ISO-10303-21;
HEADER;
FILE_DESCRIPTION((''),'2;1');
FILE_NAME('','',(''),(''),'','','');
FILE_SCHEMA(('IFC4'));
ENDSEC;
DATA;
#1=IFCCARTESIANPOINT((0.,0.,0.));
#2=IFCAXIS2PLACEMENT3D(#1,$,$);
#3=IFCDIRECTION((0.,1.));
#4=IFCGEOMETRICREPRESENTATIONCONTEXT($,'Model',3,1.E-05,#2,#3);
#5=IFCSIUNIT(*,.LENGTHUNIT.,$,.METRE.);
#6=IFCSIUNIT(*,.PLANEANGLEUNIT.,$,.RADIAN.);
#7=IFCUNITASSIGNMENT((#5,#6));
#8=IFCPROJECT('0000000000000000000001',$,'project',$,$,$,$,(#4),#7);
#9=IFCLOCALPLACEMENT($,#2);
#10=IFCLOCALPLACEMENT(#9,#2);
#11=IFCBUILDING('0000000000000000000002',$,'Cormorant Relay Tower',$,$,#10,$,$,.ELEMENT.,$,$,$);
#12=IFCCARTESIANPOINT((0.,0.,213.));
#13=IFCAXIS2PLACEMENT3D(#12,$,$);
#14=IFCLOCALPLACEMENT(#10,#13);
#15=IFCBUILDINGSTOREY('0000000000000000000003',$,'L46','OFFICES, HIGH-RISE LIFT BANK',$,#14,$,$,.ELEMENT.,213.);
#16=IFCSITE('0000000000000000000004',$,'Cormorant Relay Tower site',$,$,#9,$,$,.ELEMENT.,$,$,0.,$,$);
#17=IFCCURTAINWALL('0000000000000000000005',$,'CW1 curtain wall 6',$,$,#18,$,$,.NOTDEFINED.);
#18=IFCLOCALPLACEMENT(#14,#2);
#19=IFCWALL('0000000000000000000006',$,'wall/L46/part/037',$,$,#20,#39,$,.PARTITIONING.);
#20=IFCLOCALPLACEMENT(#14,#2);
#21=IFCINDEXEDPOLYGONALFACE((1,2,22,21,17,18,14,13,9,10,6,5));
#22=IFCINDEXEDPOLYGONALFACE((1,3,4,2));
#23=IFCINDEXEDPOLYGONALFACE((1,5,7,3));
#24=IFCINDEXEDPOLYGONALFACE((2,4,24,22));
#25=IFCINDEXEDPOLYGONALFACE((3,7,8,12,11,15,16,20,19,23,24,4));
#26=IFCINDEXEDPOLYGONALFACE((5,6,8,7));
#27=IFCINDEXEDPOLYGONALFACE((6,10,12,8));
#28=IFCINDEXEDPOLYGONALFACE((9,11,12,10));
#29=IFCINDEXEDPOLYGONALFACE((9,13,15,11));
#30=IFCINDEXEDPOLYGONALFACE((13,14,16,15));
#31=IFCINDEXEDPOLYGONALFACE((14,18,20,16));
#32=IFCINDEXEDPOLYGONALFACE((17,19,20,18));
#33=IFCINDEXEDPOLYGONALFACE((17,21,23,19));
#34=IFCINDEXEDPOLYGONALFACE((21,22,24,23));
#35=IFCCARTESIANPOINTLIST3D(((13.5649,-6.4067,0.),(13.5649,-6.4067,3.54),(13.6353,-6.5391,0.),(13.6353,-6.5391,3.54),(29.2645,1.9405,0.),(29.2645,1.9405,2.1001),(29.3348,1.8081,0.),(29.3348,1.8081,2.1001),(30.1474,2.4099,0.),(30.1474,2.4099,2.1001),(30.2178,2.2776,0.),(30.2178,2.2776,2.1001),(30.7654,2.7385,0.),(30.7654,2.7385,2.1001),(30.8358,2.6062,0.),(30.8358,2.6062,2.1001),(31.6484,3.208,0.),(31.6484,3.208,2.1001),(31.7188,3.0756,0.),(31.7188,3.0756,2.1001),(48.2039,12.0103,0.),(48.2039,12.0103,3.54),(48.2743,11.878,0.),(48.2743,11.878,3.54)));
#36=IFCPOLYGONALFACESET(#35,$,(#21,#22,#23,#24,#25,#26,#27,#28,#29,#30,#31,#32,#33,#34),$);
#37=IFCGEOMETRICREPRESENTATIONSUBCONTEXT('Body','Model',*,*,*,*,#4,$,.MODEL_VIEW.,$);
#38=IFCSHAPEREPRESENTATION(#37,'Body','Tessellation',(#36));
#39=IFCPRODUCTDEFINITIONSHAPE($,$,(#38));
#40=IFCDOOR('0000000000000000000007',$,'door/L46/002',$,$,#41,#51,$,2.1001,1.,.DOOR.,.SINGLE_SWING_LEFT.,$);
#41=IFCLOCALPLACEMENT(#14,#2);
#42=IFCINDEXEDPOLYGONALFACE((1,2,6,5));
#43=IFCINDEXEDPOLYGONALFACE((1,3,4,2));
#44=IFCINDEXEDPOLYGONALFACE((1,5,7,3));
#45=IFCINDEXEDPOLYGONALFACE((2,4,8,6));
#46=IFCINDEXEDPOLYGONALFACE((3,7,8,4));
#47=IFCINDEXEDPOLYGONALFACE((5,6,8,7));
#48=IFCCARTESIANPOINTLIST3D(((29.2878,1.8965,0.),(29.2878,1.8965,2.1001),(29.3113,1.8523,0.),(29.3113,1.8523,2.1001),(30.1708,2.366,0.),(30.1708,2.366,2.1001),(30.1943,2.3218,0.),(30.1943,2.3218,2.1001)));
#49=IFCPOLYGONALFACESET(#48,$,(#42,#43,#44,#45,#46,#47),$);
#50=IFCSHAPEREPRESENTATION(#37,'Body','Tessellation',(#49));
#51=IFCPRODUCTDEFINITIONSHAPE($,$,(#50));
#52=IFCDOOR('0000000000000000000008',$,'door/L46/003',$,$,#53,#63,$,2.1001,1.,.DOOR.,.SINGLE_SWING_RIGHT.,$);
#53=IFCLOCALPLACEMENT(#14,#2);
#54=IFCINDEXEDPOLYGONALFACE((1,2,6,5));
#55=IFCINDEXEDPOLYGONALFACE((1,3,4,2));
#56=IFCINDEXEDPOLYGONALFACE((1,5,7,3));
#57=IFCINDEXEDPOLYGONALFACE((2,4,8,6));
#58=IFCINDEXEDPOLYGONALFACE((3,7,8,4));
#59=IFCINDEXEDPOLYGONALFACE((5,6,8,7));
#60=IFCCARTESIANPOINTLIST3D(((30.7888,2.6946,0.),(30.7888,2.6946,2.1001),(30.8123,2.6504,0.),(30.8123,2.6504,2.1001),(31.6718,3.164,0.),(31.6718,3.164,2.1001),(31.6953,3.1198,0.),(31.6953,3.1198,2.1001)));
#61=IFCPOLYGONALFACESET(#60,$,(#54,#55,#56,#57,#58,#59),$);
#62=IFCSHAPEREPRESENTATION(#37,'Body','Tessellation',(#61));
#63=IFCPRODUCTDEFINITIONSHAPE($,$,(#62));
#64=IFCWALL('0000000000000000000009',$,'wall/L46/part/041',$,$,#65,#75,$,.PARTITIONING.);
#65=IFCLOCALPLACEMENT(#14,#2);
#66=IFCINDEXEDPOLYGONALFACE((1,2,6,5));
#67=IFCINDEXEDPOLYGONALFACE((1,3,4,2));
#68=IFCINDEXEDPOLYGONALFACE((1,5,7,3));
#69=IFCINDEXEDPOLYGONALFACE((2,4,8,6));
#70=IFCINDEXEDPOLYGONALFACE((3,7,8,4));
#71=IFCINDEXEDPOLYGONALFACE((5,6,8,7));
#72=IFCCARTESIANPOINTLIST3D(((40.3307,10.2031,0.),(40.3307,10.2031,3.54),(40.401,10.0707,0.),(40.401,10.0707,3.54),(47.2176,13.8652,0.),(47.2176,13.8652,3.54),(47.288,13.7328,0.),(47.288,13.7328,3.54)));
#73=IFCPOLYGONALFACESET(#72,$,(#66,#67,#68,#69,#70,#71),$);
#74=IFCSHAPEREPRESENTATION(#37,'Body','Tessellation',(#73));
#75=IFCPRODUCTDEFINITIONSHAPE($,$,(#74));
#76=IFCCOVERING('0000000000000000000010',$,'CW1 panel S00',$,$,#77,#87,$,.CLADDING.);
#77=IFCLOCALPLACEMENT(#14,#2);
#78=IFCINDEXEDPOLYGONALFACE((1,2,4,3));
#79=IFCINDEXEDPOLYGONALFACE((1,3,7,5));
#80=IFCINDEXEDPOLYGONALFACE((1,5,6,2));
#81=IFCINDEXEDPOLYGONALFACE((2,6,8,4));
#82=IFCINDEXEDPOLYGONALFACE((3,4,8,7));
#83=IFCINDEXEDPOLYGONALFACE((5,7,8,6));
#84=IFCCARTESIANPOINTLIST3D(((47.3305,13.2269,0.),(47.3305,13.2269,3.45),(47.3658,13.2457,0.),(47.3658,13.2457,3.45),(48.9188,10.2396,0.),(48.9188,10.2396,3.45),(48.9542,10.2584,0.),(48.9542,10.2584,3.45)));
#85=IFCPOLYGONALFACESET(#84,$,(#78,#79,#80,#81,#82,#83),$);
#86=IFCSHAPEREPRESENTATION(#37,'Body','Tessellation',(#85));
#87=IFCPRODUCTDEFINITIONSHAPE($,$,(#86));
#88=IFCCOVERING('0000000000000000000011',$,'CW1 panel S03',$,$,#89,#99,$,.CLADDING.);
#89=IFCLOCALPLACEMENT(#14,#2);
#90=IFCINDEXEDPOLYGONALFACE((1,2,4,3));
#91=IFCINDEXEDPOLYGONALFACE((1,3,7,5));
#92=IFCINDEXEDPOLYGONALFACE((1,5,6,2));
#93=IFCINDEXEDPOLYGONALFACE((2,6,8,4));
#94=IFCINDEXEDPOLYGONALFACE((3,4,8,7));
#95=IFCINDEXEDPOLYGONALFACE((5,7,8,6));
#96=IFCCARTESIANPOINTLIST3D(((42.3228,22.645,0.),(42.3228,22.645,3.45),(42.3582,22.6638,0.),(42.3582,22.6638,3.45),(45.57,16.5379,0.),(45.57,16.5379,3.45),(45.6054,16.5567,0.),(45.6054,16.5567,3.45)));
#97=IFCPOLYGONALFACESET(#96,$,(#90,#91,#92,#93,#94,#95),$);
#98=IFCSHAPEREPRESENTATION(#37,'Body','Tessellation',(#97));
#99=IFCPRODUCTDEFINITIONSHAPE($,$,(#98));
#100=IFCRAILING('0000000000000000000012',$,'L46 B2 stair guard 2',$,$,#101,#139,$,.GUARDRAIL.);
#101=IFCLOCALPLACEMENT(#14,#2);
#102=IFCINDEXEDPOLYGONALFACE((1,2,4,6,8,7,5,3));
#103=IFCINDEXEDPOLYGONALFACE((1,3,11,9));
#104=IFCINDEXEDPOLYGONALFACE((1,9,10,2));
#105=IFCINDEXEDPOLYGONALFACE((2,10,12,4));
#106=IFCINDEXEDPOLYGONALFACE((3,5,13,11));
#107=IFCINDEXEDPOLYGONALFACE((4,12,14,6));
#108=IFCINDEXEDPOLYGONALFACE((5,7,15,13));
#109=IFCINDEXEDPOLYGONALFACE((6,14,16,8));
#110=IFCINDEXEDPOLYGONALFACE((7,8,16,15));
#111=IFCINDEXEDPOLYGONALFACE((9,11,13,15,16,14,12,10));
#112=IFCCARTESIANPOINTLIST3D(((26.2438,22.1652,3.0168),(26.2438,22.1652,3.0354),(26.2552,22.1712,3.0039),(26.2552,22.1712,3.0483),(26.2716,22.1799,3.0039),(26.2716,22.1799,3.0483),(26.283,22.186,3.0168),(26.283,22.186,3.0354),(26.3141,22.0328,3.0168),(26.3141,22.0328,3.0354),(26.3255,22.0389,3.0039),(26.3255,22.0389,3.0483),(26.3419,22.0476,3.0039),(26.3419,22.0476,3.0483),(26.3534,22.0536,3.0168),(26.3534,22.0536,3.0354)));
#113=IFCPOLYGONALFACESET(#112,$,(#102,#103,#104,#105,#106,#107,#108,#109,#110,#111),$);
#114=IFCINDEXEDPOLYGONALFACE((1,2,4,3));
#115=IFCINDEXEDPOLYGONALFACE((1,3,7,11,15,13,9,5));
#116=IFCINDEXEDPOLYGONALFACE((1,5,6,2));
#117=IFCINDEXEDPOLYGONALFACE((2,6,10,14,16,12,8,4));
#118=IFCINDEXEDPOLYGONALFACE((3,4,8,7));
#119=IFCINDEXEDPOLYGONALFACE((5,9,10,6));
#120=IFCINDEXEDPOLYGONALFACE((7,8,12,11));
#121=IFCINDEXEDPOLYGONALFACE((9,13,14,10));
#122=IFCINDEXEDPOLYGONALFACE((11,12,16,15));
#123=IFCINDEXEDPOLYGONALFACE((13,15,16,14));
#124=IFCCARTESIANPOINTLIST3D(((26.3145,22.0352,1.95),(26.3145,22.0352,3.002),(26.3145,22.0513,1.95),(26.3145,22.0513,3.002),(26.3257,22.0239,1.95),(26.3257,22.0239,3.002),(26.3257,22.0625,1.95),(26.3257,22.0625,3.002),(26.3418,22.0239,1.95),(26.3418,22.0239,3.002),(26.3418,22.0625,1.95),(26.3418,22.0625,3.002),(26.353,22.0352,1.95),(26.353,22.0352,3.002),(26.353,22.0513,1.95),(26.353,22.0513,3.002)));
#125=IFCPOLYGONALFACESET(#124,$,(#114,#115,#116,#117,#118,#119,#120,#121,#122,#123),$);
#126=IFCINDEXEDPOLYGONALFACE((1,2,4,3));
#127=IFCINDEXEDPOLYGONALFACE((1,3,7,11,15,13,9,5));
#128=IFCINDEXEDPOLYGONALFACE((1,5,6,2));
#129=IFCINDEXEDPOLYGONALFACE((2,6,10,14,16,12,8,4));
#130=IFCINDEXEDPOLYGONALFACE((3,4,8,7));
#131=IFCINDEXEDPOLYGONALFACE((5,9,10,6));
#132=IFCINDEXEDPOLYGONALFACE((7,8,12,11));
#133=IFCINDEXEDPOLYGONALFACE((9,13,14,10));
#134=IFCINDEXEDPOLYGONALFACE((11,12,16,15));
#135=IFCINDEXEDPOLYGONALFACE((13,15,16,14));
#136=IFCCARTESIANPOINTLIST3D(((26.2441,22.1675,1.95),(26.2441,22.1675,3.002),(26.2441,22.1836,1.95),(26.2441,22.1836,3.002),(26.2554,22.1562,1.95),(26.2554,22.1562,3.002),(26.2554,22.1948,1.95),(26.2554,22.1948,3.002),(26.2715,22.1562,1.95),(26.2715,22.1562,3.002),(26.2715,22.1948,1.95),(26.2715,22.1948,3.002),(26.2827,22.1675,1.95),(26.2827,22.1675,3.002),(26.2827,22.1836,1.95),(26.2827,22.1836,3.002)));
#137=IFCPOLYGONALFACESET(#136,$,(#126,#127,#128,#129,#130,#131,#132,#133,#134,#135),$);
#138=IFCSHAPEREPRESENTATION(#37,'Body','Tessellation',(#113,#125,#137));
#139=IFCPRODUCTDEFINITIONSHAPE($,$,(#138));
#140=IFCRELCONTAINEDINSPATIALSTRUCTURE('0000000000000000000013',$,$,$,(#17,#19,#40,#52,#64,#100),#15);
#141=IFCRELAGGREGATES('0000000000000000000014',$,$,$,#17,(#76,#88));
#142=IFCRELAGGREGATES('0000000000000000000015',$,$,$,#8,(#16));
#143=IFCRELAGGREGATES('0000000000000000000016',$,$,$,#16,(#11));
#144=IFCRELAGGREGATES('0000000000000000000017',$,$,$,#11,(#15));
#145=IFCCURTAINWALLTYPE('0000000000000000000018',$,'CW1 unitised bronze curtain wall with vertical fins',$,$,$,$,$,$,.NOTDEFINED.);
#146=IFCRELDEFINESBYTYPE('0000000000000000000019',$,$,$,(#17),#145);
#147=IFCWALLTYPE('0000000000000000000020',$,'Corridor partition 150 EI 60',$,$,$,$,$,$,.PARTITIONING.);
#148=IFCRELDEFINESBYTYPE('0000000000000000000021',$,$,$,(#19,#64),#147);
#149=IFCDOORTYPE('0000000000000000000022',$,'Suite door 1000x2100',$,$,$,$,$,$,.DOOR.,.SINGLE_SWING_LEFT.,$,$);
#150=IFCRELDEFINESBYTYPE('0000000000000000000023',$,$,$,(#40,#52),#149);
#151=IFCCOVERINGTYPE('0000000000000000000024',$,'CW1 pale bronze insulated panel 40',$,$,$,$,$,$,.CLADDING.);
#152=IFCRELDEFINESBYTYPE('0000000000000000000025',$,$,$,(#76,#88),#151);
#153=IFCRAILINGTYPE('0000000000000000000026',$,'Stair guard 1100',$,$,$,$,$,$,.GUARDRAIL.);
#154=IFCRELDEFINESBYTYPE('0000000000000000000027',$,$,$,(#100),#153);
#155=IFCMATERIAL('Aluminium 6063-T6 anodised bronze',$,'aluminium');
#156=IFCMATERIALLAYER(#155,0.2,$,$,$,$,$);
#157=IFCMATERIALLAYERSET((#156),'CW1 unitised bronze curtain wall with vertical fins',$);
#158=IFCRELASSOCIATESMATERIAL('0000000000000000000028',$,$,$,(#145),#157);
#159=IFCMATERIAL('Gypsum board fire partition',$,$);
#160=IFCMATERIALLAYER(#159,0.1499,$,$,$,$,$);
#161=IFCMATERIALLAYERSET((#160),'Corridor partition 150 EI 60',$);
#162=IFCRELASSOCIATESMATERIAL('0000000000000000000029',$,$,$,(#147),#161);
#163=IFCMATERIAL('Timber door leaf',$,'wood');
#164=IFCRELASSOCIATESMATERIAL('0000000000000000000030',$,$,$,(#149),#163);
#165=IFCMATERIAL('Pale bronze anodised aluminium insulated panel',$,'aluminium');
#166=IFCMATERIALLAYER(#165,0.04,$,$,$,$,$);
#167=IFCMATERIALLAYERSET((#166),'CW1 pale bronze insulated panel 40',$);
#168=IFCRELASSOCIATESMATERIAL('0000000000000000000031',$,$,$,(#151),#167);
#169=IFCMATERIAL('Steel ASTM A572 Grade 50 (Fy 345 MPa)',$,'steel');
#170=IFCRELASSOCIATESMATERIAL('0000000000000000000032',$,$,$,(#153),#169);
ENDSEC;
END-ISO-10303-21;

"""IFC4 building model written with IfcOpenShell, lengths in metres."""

from ifc_helpers import new_model, si_unit, direction, frame, frame_2d, origin, origin_2d, place, context, subcontext, project, spatial, polyline, rectangle, outline, extrude, material, layer, layer_set, type_object, element, fill, aggregate, save


model = new_model("IFC4")

# Units and contexts
model_context = context("Model", 3, precision=1e-05, world=origin(), true_north=direction((0.0, 1.0)))
body_context = subcontext(model_context, "Body", "Model", "MODEL_VIEW")
ifc_project = project(units=[si_unit("LENGTHUNIT", "METRE"), si_unit("PLANEANGLEUNIT", "RADIAN")], contexts=[model_context])

# Site, building, storey
site_placement = place(None, origin())
site = spatial("IfcSite", under=ifc_project, at=site_placement, Name="Cormorant Relay Tower site", CompositionType="ELEMENT", RefElevation=0.0)
building_placement = place(site_placement, origin())
building = spatial("IfcBuilding", under=site, at=building_placement, Name="Cormorant Relay Tower", CompositionType="ELEMENT")
storey_placement = place(building_placement, frame((0.0, 0.0, 213.0)))
storey = spatial("IfcBuildingStorey", under=building, at=storey_placement, Name="L46", Description="OFFICES, HIGH-RISE LIFT BANK", CompositionType="ELEMENT", Elevation=213.0)

# Curtain wall
ifc_material_1 = material(Name="Aluminium 6063-T6 anodised bronze", Category="aluminium")
ifc_layer_1 = layer(ifc_material_1, 0.2)
ifc_layer_set_1 = layer_set([ifc_layer_1], Name="CW1 unitised bronze curtain wall with vertical fins")
curtain_wall_type = type_object("IfcCurtainWallType", Name="CW1 unitised bronze curtain wall with vertical fins", PredefinedType="NOTDEFINED", material=ifc_layer_set_1)
curtain_wall_1_placement = place(storey_placement, origin())
curtain_wall_1 = element("IfcCurtainWall", 1, at=curtain_wall_1_placement, inside=storey, type_object=curtain_wall_type, Name="CW1 curtain wall 6", PredefinedType="NOTDEFINED")

# Wall, openings, doors
ifc_material_2 = material(Name="Gypsum board fire partition")
ifc_layer_2 = layer(ifc_material_2, 0.1499)
ifc_layer_set_2 = layer_set([ifc_layer_2], Name="Corridor partition 150 EI 60")
wall_type_1 = type_object("IfcWallType", Name="Corridor partition 150 EI 60", PredefinedType="PARTITIONING", material=ifc_layer_set_2)
wall_1_placement = place(storey_placement, frame((48.239, 11.9441, 0.0), z_axis=(0.0, 0.0, 1.0), x_axis=(-0.882957, -0.469455, 0.0)))
wall_1 = element("IfcWall", 2, at=wall_1_placement, inside=storey, type_object=wall_type_1, Name="wall/L46/part/037", PredefinedType="PARTITIONING", context=body_context, shape_type="SweptSolid", body=[
    extrude(rectangle(XDim=39.2307, YDim=0.1499, at=frame_2d((19.6152, 0.0))), origin(), (0.0, 0.0, 1.0), 3.54),
])
opening_1_placement = place(wall_1_placement, frame((20.45, 0.0, 0.0)))
opening_1 = element("IfcOpeningElement", 3, at=opening_1_placement, cuts=wall_1, PredefinedType="OPENING", context=body_context, shape_type="SweptSolid", body=[
    extrude(rectangle(XDim=1.0, YDim=2.1001, at=frame_2d((0.5, 1.05))), frame((0.0, 0.085, 0.0), z_axis=(0.0, -1.0, 0.0), x_axis=(1.0, 0.0, 0.0)), (0.0, 0.0, 1.0), 0.1699),
])
opening_2_placement = place(wall_1_placement, frame((18.75, 0.0, 0.0)))
opening_2 = element("IfcOpeningElement", 4, at=opening_2_placement, cuts=wall_1, PredefinedType="OPENING", context=body_context, shape_type="SweptSolid", body=[
    extrude(rectangle(XDim=1.0, YDim=2.1001, at=frame_2d((0.5, 1.05))), frame((0.0, 0.085, 0.0), z_axis=(0.0, -1.0, 0.0), x_axis=(1.0, 0.0, 0.0)), (0.0, 0.0, 1.0), 0.1699),
])
ifc_material_3 = material(Name="Timber door leaf", Category="wood")
door_type_1 = type_object("IfcDoorType", Name="Suite door 1000x2100", OperationType="SINGLE_SWING_LEFT", PredefinedType="DOOR", material=ifc_material_3)
door_1_placement = place(opening_1_placement, origin())
door_1 = element("IfcDoor", 5, at=door_1_placement, inside=storey, type_object=door_type_1, Name="door/L46/002", OperationType="SINGLE_SWING_LEFT", OverallHeight=2.1001, OverallWidth=1.0, PredefinedType="DOOR", context=body_context, shape_type="SweptSolid", body=[
    extrude(rectangle(XDim=1.0, YDim=2.1001, at=frame_2d((0.5, 1.05))), frame((0.0, 0.0249, 0.0), z_axis=(0.0, -1.0, 0.0), x_axis=(1.0, 0.0, 0.0)), (0.0, 0.0, 1.0), 0.05),
])
fill(opening_1, door_1)
door_2_placement = place(opening_2_placement, origin())
door_2 = element("IfcDoor", 6, at=door_2_placement, inside=storey, type_object=door_type_1, Name="door/L46/003", OperationType="SINGLE_SWING_RIGHT", OverallHeight=2.1001, OverallWidth=1.0, PredefinedType="DOOR", context=body_context, shape_type="SweptSolid", body=[
    extrude(rectangle(XDim=1.0, YDim=2.1001, at=frame_2d((0.5, 1.05))), frame((0.0, 0.0249, 0.0), z_axis=(0.0, -1.0, 0.0), x_axis=(1.0, 0.0, 0.0)), (0.0, 0.0, 1.0), 0.05),
])
fill(opening_2, door_2)

# Wall
wall_2_placement = place(storey_placement, frame((40.366, 10.137, 0.0), z_axis=(0.0, 0.0, 1.0), x_axis=(0.882935, 0.469496, 0.0)))
element("IfcWall", 7, at=wall_2_placement, inside=storey, type_object=wall_type_1, Name="wall/L46/part/041", PredefinedType="PARTITIONING", context=body_context, shape_type="SweptSolid", body=[
    extrude(rectangle(XDim=7.8, YDim=0.1499, at=frame_2d((3.8999, 0.0))), origin(), (0.0, 0.0, 1.0), 3.54),
])

# Coverings
ifc_material_4 = material(Name="Pale bronze anodised aluminium insulated panel", Category="aluminium")
ifc_layer_3 = layer(ifc_material_4, 0.04)
ifc_layer_set_3 = layer_set([ifc_layer_3], Name="CW1 pale bronze insulated panel 40")
covering_type = type_object("IfcCoveringType", Name="CW1 pale bronze insulated panel 40", PredefinedType="CLADDING", material=ifc_layer_set_3)
covering_1_placement = place(storey_placement, frame((48.1423, 11.7427, 0.0), z_axis=(0.0, 0.0, 1.0), x_axis=(-0.469472, 0.882948, 0.0)))
covering_1 = element("IfcCovering", 8, at=covering_1_placement, type_object=covering_type, Name="CW1 panel S00", PredefinedType="CLADDING", context=body_context, shape_type="SweptSolid", body=[
    extrude(rectangle(XDim=3.3833, YDim=0.04, at=origin_2d()), origin(), (0.0, 0.0, 1.0), 3.45),
])
covering_2_placement = place(storey_placement, frame((43.9641, 19.6008, 0.0), z_axis=(0.0, 0.0, 1.0), x_axis=(-0.469472, 0.882948, 0.0)))
covering_2 = element("IfcCovering", 9, at=covering_2_placement, type_object=covering_type, Name="CW1 panel S03", PredefinedType="CLADDING", context=body_context, shape_type="SweptSolid", body=[
    extrude(rectangle(XDim=6.9167, YDim=0.04, at=origin_2d()), origin(), (0.0, 0.0, 1.0), 3.45),
])
aggregate(curtain_wall_1, [covering_1, covering_2])

# Railing
ifc_material_5 = material(Name="Steel ASTM A572 Grade 50 (Fy 345 MPa)", Category="steel")
railing_type = type_object("IfcRailingType", Name="Stair guard 1100", PredefinedType="GUARDRAIL", material=ifc_material_5)
railing_1_placement = place(storey_placement, frame((26.3337, 22.0432, 1.95)))
element("IfcRailing", 10, at=railing_1_placement, inside=storey, type_object=railing_type, Name="L46 B2 stair guard 2", PredefinedType="GUARDRAIL", context=body_context, shape_type="SweptSolid", body=[
    extrude(outline(polyline([(0.0222, 0.0093), (0.0093, 0.0222), (-0.0093, 0.0222), (-0.0222, 0.0093), (-0.0222, -0.0093), (-0.0093, -0.0222), (0.0093, -0.0222), (0.0222, -0.0093), (0.0222, 0.0093)])), frame((0.0, 0.0, 1.0762), z_axis=(-0.469235, 0.883074, 0.0), x_axis=(-0.883074, -0.469235, 0.0)), (0.0, 0.0, 1.0), 0.1499),
    extrude(outline(polyline([(0.0193, 0.0081), (0.0081, 0.0193), (-0.0081, 0.0193), (-0.0193, 0.0081), (-0.0193, -0.0081), (-0.0081, -0.0193), (0.0081, -0.0193), (0.0193, -0.0081), (0.0193, 0.0081)])), origin(), (0.0, 0.0, 1.0), 1.052),
    extrude(outline(polyline([(0.0193, 0.0081), (0.0081, 0.0193), (-0.0081, 0.0193), (-0.0193, 0.0081), (-0.0193, -0.0081), (-0.0081, -0.0193), (0.0081, -0.0193), (0.0193, -0.0081), (0.0193, 0.0081)])), frame((-0.0703, 0.1323, 0.0)), (0.0, 0.0, 1.0), 1.052),
])

save(model, "model.ifc")
